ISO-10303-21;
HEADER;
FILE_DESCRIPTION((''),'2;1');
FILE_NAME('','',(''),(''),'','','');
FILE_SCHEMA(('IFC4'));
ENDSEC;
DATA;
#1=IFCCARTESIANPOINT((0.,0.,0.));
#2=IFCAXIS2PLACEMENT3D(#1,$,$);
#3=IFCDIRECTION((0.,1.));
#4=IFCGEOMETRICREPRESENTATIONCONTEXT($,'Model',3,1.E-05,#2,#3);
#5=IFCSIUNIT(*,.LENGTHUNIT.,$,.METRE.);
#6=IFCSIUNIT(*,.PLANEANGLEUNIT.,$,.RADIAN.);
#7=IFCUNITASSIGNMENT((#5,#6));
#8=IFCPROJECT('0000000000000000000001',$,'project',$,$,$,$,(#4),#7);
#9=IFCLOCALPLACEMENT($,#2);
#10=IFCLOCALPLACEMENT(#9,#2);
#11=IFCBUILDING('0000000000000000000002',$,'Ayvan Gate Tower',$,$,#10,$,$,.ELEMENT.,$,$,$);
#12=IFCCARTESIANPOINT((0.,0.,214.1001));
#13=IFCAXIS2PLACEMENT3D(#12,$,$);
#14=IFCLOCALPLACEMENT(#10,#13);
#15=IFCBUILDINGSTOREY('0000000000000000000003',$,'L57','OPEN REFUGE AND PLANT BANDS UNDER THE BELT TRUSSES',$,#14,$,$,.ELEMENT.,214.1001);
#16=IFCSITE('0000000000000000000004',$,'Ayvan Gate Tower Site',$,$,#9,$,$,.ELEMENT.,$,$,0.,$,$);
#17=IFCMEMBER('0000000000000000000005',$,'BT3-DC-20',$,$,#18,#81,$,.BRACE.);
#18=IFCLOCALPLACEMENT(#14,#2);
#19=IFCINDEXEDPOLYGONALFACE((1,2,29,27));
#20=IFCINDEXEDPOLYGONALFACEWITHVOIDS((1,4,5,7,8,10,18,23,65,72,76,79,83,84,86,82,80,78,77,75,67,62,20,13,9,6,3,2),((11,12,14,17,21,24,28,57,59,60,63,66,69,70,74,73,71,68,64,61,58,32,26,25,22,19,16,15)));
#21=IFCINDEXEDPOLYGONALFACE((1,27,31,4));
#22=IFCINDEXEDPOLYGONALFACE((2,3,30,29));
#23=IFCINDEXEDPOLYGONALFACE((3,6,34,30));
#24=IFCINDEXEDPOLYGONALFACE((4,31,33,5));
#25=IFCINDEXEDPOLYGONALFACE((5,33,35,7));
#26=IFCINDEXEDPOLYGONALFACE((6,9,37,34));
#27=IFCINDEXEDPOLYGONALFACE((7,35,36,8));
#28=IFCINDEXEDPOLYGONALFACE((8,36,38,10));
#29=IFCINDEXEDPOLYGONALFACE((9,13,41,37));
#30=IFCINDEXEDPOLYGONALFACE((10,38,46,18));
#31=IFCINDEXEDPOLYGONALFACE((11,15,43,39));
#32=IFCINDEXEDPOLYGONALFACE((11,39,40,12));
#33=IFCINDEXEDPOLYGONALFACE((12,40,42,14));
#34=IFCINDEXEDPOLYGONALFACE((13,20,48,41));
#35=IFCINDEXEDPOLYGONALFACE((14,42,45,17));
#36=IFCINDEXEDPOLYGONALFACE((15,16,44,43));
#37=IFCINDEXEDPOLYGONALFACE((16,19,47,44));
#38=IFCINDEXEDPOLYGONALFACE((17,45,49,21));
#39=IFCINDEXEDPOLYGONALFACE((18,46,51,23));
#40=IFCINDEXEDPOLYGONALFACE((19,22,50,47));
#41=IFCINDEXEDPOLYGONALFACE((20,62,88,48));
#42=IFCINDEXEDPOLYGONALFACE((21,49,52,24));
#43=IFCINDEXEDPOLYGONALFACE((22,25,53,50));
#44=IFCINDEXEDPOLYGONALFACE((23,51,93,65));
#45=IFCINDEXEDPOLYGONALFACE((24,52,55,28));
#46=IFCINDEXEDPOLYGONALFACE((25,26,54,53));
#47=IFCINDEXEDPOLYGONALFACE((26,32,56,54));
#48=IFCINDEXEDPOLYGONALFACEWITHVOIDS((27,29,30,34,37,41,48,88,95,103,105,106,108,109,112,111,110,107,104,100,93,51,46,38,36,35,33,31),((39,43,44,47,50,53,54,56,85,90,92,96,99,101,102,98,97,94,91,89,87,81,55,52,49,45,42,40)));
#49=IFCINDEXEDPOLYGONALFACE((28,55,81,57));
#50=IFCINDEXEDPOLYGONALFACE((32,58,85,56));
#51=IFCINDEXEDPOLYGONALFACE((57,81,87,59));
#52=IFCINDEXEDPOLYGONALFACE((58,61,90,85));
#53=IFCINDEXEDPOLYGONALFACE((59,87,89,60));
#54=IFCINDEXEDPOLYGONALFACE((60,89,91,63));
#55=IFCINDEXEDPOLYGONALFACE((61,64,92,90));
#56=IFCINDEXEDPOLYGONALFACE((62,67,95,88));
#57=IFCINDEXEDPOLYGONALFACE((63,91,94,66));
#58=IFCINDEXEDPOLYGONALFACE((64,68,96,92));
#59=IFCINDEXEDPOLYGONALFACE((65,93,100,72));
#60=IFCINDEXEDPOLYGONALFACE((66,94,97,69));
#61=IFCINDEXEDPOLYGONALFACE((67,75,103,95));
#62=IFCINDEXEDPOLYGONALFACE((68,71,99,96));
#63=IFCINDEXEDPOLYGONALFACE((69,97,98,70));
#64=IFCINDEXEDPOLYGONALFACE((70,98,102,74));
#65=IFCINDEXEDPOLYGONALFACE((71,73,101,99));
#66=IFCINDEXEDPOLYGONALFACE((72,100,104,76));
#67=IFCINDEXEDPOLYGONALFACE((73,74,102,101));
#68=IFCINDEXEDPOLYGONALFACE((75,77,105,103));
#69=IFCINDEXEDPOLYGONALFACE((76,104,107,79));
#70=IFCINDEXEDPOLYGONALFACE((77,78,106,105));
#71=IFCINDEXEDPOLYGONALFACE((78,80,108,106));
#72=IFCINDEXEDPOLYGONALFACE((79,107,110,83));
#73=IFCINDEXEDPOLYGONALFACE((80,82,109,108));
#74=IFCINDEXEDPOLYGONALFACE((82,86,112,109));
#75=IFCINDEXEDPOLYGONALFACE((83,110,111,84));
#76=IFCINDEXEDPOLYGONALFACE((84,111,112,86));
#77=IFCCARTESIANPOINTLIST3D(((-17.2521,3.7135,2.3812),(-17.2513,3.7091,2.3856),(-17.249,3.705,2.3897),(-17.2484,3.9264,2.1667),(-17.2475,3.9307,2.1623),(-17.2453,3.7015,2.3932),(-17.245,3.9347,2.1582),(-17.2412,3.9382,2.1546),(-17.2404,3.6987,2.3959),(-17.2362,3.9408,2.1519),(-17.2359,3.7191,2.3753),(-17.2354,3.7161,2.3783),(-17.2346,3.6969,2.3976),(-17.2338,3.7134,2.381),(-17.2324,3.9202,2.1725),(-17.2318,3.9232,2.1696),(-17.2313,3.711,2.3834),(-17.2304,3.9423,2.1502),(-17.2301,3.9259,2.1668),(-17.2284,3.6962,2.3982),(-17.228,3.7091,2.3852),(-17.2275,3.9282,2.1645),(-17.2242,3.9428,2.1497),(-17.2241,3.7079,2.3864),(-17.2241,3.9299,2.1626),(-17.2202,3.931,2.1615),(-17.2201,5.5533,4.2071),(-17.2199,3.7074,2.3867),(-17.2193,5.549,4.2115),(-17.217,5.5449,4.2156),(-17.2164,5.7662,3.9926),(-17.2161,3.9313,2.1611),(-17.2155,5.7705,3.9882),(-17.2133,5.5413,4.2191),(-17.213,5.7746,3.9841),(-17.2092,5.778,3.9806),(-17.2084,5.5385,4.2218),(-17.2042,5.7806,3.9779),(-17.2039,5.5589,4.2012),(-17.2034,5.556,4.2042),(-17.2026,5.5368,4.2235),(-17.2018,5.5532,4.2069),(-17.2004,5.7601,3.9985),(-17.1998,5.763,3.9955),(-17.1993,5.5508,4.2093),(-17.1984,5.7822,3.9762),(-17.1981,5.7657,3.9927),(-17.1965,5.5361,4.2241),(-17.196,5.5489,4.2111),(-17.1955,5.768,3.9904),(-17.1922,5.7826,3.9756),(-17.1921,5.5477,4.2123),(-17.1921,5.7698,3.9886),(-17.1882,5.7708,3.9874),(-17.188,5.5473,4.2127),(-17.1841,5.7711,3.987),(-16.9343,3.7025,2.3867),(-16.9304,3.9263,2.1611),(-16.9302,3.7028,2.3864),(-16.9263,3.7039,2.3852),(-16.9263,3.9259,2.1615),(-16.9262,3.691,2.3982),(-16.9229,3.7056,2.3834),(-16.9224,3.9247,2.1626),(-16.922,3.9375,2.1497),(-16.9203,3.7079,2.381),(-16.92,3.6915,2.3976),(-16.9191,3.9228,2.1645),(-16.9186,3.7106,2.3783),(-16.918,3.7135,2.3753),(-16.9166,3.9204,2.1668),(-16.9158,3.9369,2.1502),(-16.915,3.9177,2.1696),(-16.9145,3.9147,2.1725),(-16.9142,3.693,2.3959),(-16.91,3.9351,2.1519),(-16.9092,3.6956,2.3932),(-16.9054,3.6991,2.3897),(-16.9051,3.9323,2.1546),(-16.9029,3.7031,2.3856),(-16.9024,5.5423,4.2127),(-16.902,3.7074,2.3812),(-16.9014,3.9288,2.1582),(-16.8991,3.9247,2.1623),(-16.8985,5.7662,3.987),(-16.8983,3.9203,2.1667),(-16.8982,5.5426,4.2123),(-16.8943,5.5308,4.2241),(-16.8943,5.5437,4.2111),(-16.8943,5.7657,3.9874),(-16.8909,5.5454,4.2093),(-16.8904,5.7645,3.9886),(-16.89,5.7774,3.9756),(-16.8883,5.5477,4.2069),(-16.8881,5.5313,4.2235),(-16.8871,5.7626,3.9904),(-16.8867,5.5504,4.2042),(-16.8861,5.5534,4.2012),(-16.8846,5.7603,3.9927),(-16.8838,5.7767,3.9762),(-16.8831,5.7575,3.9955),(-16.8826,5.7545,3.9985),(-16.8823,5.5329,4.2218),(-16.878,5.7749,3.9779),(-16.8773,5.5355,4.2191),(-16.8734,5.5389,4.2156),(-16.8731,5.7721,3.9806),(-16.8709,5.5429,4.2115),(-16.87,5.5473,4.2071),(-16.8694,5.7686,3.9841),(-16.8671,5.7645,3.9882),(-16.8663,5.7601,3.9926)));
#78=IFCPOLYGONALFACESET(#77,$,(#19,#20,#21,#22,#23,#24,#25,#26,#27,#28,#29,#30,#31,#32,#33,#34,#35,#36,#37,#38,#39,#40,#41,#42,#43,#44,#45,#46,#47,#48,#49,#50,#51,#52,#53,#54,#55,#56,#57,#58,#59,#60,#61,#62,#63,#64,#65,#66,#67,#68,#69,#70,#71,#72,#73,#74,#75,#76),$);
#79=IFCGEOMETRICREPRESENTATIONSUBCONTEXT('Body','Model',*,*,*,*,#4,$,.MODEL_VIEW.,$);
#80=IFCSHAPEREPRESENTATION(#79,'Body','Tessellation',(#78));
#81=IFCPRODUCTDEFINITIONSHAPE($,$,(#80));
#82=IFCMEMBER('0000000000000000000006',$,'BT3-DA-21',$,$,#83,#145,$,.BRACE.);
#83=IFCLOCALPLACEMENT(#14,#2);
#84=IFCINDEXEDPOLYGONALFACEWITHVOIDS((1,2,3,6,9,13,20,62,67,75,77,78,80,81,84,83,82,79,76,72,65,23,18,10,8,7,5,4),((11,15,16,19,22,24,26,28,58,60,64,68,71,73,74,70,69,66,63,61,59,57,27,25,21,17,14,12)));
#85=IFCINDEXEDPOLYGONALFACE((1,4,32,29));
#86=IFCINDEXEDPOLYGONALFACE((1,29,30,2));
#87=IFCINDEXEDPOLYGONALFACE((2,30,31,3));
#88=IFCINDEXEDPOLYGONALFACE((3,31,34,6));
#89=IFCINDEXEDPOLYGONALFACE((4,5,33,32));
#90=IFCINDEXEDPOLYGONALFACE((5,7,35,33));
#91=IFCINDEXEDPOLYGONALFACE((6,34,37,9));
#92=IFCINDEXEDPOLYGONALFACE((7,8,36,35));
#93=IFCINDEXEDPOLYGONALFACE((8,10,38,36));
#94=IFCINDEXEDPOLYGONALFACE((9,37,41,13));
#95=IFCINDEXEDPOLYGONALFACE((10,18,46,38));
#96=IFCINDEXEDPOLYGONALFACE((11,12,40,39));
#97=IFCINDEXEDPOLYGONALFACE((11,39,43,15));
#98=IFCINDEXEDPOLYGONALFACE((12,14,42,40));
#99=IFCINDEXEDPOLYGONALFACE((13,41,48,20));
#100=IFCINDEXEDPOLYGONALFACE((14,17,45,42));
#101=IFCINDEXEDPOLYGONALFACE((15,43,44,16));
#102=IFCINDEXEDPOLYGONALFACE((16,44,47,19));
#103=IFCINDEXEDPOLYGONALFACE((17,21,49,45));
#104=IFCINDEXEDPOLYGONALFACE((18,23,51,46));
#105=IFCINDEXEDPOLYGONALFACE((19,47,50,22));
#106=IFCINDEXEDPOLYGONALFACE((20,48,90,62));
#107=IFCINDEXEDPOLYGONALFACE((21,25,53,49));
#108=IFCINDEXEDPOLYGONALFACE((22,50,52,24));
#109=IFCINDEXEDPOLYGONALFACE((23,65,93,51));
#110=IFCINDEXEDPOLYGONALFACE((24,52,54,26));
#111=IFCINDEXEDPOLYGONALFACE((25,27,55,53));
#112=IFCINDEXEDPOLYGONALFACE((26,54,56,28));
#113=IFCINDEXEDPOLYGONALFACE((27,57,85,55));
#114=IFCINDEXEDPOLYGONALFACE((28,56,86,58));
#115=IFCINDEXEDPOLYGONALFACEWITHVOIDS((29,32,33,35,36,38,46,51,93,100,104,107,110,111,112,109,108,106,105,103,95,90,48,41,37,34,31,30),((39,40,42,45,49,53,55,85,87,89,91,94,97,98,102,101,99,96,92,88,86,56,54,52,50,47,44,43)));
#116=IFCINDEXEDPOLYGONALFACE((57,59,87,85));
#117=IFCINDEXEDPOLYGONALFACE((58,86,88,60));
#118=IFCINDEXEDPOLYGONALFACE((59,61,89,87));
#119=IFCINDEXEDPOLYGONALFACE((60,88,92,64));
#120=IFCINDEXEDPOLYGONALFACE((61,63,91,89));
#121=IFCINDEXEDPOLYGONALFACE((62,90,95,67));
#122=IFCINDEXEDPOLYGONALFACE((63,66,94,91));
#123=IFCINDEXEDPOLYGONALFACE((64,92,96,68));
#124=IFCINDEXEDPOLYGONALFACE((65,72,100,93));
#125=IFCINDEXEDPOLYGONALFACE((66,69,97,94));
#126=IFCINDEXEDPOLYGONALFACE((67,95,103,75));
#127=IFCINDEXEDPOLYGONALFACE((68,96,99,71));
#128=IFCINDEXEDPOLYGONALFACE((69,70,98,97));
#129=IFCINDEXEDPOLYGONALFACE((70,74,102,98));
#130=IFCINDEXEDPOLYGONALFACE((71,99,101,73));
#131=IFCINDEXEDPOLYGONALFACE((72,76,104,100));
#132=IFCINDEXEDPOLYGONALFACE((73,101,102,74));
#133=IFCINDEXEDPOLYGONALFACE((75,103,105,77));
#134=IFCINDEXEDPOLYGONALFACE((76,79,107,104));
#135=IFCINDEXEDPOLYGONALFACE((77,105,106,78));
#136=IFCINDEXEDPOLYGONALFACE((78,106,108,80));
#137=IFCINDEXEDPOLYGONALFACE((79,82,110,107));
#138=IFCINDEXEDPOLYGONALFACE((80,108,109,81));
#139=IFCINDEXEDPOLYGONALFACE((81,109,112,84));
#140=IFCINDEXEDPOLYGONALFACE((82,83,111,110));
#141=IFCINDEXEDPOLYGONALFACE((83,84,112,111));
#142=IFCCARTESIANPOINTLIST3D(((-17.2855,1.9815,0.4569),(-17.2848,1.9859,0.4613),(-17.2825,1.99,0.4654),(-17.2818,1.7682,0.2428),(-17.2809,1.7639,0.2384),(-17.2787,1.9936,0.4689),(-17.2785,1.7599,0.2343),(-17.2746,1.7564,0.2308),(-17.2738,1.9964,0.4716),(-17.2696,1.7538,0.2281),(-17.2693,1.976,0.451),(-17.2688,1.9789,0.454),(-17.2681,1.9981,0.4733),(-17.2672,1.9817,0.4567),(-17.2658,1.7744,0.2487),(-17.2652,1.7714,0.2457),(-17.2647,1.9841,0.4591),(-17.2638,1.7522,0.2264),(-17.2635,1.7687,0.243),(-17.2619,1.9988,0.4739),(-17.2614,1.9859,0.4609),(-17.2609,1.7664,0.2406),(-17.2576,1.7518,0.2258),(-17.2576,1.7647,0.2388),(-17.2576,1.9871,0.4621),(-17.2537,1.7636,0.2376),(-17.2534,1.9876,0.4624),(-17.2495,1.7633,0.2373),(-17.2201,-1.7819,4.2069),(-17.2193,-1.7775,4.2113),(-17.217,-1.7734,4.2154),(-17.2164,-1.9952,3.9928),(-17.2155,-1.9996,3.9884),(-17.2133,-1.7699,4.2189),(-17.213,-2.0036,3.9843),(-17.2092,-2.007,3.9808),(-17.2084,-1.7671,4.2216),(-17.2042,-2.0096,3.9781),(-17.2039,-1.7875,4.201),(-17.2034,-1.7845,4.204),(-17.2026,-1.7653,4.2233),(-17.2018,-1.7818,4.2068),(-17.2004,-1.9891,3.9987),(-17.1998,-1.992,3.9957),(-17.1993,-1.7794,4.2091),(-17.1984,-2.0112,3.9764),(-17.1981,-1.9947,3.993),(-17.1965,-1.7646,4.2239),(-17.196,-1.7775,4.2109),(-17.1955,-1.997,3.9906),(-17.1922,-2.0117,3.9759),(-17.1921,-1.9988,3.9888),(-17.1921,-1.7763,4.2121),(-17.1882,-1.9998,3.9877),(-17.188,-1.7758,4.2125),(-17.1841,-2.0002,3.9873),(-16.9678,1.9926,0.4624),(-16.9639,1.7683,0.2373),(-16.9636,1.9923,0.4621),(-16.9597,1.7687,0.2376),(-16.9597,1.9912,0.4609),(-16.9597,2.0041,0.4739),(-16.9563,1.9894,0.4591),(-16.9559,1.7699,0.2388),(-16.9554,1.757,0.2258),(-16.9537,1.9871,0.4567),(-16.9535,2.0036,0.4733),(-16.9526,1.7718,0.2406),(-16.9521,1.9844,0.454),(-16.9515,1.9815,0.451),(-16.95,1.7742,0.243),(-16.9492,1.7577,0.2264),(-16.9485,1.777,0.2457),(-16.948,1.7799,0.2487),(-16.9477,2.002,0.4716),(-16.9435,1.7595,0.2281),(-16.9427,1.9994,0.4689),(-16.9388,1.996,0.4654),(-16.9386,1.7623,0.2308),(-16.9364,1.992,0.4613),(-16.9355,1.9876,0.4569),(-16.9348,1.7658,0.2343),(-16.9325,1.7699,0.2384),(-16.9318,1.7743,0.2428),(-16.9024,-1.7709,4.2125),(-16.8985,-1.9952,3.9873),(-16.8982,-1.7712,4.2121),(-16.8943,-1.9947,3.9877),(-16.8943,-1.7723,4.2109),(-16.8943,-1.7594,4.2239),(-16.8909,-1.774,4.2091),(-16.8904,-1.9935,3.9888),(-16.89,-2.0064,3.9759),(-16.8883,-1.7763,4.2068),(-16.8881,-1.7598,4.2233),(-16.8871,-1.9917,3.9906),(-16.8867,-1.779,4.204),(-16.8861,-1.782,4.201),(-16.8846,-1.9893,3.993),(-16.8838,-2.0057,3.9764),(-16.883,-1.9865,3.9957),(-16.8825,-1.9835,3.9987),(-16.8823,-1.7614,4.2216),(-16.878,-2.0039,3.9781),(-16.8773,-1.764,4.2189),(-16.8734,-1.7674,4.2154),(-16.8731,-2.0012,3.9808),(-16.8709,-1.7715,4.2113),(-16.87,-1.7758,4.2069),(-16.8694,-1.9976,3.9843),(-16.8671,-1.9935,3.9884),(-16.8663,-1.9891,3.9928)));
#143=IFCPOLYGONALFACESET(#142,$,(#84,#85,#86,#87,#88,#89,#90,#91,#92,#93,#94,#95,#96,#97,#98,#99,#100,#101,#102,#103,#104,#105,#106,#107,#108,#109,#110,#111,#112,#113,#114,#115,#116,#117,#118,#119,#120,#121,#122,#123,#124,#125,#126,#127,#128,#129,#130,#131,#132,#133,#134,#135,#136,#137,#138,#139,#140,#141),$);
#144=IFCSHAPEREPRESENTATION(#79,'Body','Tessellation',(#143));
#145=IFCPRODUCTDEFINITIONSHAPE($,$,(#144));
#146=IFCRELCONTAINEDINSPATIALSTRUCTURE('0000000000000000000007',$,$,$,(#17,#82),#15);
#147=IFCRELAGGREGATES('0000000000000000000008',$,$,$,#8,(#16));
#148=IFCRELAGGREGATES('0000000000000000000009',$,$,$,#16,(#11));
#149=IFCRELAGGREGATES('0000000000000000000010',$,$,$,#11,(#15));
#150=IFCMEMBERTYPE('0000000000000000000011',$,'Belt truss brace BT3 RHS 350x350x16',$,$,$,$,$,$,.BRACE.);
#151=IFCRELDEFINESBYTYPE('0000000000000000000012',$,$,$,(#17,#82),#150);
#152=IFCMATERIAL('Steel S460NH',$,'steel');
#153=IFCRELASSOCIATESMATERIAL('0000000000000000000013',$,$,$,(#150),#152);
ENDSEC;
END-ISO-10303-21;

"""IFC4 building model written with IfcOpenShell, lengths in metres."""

from ifc_helpers import new_model, si_unit, direction, frame, origin, origin_2d, place, context, subcontext, project, spatial, hollow_rectangle, extrude, material, material_profile, profile_set, type_object, element, save


model = new_model("IFC4")

# Units and contexts
model_context = context("Model", 3, precision=1e-05, world=origin(), true_north=direction((0.0, 1.0)))
body_context = subcontext(model_context, "Body", "Model", "MODEL_VIEW")
ifc_project = project(units=[si_unit("LENGTHUNIT", "METRE"), si_unit("PLANEANGLEUNIT", "RADIAN")], contexts=[model_context])

# Site, building, storey
site_placement = place(None, origin())
site = spatial("IfcSite", under=ifc_project, at=site_placement, Name="Ayvan Gate Tower Site", CompositionType="ELEMENT", RefElevation=0.0)
building_placement = place(site_placement, origin())
building = spatial("IfcBuilding", under=site, at=building_placement, Name="Ayvan Gate Tower", CompositionType="ELEMENT")
storey_placement = place(building_placement, frame((0.0, 0.0, 214.1001)))
storey = spatial("IfcBuildingStorey", under=building, at=storey_placement, Name="L57", Description="OPEN REFUGE AND PLANT BANDS UNDER THE BELT TRUSSES", CompositionType="ELEMENT", Elevation=214.1001)

# Members
ifc_material_1 = material(Name="Steel S460NH", Category="steel")
ifc_material_profile_1 = material_profile(ifc_material_1, hollow_rectangle(XDim=0.3501, YDim=0.3501, WallThickness=0.0161, InnerFilletRadius=0.0161, OuterFilletRadius=0.0239, at=origin_2d()), Name="RHS 350x350x16")
ifc_profile_set_1 = profile_set([ifc_material_profile_1], Name="Steel S460NH")
member_type_1 = type_object("IfcMemberType", Name="Belt truss brace BT3 RHS 350x350x16", PredefinedType="BRACE", material=ifc_profile_set_1)
member_1_placement = place(storey_placement, frame((-17.0752, 3.8169, 2.2739), z_axis=(0.012337, 0.709732, 0.704364), x_axis=(-0.999849, 0.017381, 0.0)))
element("IfcMember", 1, at=member_1_placement, inside=storey, type_object=member_type_1, Name="BT3-DC-20", PredefinedType="BRACE", context=body_context, shape_type="SweptSolid", body=[
    extrude(hollow_rectangle(XDim=0.3501, YDim=0.3501, WallThickness=0.0161, InnerFilletRadius=0.0161, OuterFilletRadius=0.0239, at=origin_2d()), origin(), (0.0, 0.0, 1.0), 2.5923),
])
member_2_placement = place(storey_placement, frame((-17.1086, 1.8779, 0.3499), z_axis=(0.012315, -0.708316, 0.705788), x_axis=(0.999849, 0.017383, 0.0)))
element("IfcMember", 2, at=member_2_placement, inside=storey, type_object=member_type_1, Name="BT3-DA-21", PredefinedType="BRACE", context=body_context, shape_type="SweptSolid", body=[
    extrude(hollow_rectangle(XDim=0.3501, YDim=0.3501, WallThickness=0.0161, InnerFilletRadius=0.0161, OuterFilletRadius=0.0239, at=origin_2d()), origin(), (0.0, 0.0, 1.0), 5.3132),
])

save(model, "model.ifc")
